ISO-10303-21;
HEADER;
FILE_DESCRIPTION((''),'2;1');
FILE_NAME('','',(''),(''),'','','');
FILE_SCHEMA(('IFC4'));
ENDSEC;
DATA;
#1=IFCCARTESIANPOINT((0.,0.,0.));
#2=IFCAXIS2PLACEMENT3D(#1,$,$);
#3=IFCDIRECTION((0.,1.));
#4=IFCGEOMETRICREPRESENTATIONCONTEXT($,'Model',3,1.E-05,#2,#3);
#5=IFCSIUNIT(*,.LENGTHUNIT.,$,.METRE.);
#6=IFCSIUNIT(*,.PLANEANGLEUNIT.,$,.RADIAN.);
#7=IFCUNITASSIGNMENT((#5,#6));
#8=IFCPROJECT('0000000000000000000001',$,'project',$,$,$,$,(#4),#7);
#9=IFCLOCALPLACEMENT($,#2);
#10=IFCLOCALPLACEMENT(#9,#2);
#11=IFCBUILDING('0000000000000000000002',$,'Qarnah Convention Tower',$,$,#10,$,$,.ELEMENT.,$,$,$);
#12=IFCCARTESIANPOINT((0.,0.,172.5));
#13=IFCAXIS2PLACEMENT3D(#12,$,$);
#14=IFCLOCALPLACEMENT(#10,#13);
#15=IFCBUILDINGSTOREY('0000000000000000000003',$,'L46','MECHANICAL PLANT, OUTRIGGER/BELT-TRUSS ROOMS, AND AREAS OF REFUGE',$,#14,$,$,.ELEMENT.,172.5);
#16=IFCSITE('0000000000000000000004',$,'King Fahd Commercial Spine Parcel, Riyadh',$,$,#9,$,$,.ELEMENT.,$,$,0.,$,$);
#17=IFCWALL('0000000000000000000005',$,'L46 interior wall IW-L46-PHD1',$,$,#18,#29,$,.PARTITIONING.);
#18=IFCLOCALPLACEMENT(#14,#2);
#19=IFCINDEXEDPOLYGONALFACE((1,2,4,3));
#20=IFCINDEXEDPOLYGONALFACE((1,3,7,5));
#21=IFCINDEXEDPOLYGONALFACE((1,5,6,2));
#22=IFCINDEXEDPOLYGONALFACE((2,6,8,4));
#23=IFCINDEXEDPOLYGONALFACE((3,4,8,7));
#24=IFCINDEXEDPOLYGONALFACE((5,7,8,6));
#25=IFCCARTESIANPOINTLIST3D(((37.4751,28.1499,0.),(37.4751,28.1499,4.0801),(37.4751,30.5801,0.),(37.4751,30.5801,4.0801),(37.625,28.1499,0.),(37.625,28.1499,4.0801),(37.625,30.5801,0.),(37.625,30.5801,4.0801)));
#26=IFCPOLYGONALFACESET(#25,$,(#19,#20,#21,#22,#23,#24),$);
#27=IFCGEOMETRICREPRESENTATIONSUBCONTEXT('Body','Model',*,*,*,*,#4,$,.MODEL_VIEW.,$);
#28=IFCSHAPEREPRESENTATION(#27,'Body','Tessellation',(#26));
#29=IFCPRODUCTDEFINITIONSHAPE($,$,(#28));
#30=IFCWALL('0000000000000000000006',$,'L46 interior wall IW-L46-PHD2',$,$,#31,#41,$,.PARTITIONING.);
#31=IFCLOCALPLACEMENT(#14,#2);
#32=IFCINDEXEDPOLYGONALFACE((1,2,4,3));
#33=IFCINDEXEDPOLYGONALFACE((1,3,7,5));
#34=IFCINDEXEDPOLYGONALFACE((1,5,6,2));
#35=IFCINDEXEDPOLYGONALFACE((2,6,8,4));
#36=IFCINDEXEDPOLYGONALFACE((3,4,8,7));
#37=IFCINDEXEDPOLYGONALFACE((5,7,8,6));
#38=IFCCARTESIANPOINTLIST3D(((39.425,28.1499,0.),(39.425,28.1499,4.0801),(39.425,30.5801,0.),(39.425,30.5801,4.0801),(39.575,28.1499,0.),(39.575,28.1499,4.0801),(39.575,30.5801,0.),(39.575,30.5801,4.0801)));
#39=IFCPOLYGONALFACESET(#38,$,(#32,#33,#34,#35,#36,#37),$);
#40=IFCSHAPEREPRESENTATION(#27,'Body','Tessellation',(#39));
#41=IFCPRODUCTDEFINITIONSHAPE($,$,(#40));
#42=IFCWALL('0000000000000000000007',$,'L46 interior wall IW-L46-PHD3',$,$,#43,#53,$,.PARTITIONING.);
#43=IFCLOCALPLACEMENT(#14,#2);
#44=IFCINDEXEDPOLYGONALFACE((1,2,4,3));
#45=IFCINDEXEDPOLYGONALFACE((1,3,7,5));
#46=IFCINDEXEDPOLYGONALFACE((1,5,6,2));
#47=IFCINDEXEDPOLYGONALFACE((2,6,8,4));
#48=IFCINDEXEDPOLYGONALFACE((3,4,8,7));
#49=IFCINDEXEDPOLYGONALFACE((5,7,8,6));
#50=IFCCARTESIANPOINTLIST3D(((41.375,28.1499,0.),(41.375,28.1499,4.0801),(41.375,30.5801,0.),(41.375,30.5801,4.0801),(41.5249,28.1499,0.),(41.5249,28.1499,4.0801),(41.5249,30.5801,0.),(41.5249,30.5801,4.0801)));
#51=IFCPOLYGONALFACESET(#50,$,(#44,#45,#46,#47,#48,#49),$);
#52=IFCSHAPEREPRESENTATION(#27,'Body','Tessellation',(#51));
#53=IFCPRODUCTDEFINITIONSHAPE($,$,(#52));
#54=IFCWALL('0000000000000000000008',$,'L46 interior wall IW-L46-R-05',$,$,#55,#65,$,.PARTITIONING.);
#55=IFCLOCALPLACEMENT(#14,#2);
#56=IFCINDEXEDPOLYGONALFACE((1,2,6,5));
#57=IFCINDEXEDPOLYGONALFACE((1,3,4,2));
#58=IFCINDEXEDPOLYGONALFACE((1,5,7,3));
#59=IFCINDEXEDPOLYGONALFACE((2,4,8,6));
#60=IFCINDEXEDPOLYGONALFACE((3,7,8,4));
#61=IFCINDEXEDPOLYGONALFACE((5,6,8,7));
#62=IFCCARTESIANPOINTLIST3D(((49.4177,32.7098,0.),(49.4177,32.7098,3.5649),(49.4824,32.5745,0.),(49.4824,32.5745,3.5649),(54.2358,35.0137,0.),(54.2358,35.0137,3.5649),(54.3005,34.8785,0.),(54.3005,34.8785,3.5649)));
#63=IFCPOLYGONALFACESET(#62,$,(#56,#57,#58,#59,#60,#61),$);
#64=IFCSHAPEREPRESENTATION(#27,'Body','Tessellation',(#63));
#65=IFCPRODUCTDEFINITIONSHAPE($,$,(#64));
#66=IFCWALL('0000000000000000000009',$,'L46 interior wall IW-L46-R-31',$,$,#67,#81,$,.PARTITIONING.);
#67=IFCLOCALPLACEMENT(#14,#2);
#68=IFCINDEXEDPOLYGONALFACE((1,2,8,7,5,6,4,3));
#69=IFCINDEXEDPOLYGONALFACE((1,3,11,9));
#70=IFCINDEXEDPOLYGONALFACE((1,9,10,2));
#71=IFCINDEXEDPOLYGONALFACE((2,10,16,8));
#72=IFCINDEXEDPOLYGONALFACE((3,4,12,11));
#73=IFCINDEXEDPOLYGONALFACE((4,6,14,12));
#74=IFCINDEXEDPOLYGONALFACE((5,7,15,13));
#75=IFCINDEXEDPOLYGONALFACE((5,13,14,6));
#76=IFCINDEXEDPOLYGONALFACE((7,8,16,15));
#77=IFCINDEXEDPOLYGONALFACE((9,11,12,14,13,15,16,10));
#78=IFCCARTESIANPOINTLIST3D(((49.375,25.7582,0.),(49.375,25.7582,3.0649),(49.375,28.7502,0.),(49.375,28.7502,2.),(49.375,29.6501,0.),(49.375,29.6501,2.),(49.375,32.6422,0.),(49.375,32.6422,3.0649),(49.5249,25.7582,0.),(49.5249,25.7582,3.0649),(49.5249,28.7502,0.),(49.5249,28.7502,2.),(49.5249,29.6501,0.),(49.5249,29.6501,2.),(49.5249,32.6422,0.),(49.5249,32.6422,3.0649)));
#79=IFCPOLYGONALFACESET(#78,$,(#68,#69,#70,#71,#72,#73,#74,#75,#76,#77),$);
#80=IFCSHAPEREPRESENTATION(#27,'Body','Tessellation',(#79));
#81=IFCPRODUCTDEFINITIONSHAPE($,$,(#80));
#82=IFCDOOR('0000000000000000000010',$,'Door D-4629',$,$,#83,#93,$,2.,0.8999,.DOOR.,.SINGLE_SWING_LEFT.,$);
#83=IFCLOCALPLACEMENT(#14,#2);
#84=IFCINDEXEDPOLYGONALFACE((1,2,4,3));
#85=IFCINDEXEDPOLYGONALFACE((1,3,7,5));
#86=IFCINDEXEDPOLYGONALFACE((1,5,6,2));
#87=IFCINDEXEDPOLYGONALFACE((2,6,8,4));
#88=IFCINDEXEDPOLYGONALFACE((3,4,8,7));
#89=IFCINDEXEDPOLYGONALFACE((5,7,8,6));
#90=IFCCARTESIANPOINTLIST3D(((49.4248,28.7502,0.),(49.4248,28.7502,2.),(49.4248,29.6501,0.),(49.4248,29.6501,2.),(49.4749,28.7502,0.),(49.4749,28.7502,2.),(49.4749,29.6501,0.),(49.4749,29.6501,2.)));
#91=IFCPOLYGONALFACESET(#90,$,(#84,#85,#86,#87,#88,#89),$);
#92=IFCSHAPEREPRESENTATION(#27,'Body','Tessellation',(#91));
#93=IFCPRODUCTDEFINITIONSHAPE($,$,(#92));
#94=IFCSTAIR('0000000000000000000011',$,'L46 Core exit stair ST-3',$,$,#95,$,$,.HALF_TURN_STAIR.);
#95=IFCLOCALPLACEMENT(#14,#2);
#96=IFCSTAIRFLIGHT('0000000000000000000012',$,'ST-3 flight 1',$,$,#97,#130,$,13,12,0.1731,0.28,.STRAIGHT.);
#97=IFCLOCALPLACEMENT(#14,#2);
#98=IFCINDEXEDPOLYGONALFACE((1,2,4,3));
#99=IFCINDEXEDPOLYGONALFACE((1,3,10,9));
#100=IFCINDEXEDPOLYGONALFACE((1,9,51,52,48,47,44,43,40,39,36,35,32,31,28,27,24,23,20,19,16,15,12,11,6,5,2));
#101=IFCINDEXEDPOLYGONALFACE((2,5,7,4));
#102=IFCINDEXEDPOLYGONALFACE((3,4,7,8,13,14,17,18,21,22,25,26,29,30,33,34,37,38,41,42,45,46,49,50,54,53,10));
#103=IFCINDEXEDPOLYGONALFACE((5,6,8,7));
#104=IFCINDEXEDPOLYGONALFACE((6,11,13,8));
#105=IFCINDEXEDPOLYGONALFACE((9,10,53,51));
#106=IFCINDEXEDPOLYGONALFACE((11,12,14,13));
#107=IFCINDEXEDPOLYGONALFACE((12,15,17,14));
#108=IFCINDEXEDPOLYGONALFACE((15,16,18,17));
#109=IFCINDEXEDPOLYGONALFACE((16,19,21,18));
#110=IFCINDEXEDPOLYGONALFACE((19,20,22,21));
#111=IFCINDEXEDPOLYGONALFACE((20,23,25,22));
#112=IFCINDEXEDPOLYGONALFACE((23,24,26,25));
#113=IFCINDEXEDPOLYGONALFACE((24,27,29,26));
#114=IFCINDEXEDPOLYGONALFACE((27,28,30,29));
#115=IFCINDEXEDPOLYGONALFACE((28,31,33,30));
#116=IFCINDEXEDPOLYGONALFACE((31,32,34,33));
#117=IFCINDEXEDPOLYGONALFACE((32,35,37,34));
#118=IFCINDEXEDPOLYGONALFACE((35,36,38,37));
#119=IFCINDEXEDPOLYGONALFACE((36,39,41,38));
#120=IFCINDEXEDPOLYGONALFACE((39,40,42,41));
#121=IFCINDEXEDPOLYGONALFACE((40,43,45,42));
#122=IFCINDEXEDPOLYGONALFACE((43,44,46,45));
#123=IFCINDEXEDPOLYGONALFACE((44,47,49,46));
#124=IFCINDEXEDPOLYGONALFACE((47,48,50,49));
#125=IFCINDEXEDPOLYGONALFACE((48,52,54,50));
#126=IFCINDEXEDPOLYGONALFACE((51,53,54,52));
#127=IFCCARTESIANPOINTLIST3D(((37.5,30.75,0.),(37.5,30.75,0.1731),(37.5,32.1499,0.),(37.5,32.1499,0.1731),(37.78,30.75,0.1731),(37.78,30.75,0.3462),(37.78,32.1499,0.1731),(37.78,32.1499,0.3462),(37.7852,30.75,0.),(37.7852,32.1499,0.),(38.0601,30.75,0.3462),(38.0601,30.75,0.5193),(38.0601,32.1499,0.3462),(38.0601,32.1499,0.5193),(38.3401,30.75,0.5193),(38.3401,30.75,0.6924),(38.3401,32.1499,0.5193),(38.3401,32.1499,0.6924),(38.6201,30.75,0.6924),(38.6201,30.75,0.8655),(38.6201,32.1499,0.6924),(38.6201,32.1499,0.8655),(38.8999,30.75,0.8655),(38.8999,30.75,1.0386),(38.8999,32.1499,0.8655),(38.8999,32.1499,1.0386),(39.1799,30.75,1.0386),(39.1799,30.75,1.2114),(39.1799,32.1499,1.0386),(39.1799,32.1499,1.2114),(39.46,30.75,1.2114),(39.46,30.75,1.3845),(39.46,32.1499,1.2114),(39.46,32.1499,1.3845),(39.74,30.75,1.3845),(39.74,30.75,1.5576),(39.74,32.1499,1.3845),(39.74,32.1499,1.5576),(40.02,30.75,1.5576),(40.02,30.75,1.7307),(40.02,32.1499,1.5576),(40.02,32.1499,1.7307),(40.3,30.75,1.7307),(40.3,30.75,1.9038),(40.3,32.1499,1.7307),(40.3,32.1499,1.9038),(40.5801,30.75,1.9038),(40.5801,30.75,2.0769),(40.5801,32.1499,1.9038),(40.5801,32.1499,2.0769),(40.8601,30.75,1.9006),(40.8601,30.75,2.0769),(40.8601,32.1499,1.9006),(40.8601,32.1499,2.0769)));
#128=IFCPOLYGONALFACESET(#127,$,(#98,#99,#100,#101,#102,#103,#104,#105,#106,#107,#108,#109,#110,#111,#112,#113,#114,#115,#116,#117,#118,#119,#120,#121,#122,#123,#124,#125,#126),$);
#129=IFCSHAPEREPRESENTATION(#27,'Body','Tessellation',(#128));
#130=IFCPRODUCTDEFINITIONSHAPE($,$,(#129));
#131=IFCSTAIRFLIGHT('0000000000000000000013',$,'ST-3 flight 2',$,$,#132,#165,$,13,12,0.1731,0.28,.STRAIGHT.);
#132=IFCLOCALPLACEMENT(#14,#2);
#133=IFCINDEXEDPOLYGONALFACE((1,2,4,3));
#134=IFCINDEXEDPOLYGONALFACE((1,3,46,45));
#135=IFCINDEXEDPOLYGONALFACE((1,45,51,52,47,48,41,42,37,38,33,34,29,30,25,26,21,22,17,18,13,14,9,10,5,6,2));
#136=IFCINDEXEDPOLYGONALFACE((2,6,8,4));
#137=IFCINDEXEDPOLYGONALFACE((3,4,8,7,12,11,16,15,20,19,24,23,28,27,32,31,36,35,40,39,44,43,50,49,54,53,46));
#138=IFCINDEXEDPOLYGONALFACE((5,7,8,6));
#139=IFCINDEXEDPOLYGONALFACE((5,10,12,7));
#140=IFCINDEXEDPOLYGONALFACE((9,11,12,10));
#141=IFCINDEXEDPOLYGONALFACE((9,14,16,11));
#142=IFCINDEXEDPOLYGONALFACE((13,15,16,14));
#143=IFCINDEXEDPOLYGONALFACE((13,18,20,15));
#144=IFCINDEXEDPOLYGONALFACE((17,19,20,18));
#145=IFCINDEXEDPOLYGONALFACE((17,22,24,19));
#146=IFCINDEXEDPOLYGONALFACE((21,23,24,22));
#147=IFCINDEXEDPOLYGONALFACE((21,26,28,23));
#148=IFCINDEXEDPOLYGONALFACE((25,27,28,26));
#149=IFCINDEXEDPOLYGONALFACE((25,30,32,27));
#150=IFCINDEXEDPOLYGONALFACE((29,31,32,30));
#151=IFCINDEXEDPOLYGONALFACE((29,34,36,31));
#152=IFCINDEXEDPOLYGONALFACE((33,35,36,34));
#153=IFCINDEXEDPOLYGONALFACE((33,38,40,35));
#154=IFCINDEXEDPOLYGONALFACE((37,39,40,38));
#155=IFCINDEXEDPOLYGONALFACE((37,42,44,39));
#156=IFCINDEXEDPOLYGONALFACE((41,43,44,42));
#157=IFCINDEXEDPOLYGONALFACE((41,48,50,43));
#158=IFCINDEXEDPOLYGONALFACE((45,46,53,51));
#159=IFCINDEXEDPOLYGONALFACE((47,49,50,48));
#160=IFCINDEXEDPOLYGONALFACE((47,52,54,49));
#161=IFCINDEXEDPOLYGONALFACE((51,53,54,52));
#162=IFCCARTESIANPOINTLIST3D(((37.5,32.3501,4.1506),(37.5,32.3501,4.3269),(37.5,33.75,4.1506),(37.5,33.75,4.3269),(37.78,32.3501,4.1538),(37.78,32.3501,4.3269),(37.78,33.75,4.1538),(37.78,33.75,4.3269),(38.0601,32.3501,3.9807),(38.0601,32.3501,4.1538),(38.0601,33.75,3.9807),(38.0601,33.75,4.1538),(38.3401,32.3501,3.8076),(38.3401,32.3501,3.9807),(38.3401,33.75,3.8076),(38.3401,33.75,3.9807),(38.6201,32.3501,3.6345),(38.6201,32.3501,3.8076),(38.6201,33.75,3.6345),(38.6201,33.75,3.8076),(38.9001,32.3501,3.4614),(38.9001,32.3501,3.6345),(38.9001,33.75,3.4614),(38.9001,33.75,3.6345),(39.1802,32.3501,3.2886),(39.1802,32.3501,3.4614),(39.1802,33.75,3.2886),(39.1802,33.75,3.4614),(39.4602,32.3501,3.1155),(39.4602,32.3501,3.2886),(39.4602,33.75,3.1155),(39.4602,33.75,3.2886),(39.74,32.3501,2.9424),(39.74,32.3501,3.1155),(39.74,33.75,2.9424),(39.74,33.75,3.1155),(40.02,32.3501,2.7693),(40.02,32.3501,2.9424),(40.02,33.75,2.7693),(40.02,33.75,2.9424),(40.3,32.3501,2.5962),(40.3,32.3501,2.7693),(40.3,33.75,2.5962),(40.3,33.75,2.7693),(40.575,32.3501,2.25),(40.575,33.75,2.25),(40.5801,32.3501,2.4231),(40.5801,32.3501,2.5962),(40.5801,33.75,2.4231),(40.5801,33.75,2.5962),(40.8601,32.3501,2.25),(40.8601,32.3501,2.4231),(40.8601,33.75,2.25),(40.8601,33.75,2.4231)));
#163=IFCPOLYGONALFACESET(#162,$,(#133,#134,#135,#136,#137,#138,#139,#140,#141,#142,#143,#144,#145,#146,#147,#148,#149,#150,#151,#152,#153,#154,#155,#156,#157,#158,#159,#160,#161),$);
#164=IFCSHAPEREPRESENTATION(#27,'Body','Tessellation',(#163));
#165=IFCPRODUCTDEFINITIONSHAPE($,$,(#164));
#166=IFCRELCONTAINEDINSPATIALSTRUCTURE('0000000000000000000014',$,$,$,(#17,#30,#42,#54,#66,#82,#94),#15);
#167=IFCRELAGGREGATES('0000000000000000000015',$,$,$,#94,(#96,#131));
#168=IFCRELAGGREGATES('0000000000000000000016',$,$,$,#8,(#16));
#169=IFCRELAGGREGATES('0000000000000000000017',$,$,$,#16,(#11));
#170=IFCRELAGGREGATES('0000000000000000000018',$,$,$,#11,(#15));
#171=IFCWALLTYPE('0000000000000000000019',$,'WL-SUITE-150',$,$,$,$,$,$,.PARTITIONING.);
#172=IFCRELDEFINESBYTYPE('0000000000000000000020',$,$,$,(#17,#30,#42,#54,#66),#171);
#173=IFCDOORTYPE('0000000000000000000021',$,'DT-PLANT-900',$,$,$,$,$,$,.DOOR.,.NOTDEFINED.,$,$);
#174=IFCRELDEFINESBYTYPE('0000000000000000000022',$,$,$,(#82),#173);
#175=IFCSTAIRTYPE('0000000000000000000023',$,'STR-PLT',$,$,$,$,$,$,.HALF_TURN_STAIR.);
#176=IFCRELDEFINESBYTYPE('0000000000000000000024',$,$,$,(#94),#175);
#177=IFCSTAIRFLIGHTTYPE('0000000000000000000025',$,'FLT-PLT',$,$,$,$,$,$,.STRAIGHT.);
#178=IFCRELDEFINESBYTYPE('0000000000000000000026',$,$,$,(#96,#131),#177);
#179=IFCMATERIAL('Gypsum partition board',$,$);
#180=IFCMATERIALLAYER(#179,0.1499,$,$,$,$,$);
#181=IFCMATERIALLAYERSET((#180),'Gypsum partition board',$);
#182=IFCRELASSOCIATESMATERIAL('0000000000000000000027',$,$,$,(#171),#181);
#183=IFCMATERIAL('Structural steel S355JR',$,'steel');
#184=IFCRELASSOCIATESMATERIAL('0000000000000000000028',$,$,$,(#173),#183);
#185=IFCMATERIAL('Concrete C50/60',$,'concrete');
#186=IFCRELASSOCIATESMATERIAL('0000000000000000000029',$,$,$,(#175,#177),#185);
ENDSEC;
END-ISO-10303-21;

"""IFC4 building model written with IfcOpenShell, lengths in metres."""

from ifc_helpers import new_model, si_unit, direction, frame, frame_2d, origin, place, context, subcontext, project, spatial, polyline, rectangle, outline, extrude, material, layer, layer_set, type_object, element, fill, aggregate, save


model = new_model("IFC4")

# Units and contexts
model_context = context("Model", 3, precision=1e-05, world=origin(), true_north=direction((0.0, 1.0)))
body_context = subcontext(model_context, "Body", "Model", "MODEL_VIEW")
ifc_project = project(units=[si_unit("LENGTHUNIT", "METRE"), si_unit("PLANEANGLEUNIT", "RADIAN")], contexts=[model_context])

# Site, building, storey
site_placement = place(None, origin())
site = spatial("IfcSite", under=ifc_project, at=site_placement, Name="King Fahd Commercial Spine Parcel, Riyadh", CompositionType="ELEMENT", RefElevation=0.0)
building_placement = place(site_placement, origin())
building = spatial("IfcBuilding", under=site, at=building_placement, Name="Qarnah Convention Tower", CompositionType="ELEMENT")
storey_placement = place(building_placement, frame((0.0, 0.0, 172.5)))
storey = spatial("IfcBuildingStorey", under=building, at=storey_placement, Name="L46", Description="MECHANICAL PLANT, OUTRIGGER/BELT-TRUSS ROOMS, AND AREAS OF REFUGE", CompositionType="ELEMENT", Elevation=172.5)

# Shared definitions
ifc_material_1 = material(Name="Structural steel S355JR", Category="steel")

# Walls
ifc_material_2 = material(Name="Gypsum partition board")
ifc_layer_1 = layer(ifc_material_2, 0.1499)
ifc_layer_set_1 = layer_set([ifc_layer_1], Name="Gypsum partition board")
wall_type_1 = type_object("IfcWallType", Name="WL-SUITE-150", PredefinedType="PARTITIONING", material=ifc_layer_set_1)
for number, where, z_axis, x_axis, name in (
    (1, (37.55, 28.1499, 0.0), (0.0, 0.0, 1.0), (0.0, 1.0, 0.0), "L46 interior wall IW-L46-PHD1"),
    (2, (39.5, 28.1499, 0.0), (0.0, 0.0, 1.0), (0.0, 1.0, 0.0), "L46 interior wall IW-L46-PHD2"),
    (3, (41.45, 28.1499, 0.0), (0.0, 0.0, 1.0), (0.0, 1.0, 0.0), "L46 interior wall IW-L46-PHD3"),
):
    element("IfcWall", number, at=place(storey_placement, frame(where, z_axis=z_axis, x_axis=x_axis)), inside=storey, type_object=wall_type_1, Name=name, PredefinedType="PARTITIONING", context=body_context, shape_type="SweptSolid", body=[
        extrude(rectangle(XDim=2.4302, YDim=0.1499, at=frame_2d((1.2151, 0.0))), origin(), (0.0, 0.0, 1.0), 4.0801),
    ])
wall_1_placement = place(storey_placement, frame((49.45, 32.6421, 0.0), z_axis=(0.0, 0.0, 1.0), x_axis=(0.902161, 0.4314, 0.0)))
element("IfcWall", 4, at=wall_1_placement, inside=storey, type_object=wall_type_1, Name="L46 interior wall IW-L46-R-05", PredefinedType="PARTITIONING", context=body_context, shape_type="SweptSolid", body=[
    extrude(rectangle(XDim=5.3406, YDim=0.1499, at=frame_2d((2.6704, 0.0))), origin(), (0.0, 0.0, 1.0), 3.5649),
])

# Wall, opening, door
wall_2_placement = place(storey_placement, frame((49.45, 32.6421, 0.0), z_axis=(0.0, 0.0, 1.0), x_axis=(0.0, -1.0, 0.0)))
wall_2 = element("IfcWall", 5, at=wall_2_placement, inside=storey, type_object=wall_type_1, Name="L46 interior wall IW-L46-R-31", PredefinedType="PARTITIONING", context=body_context, shape_type="SweptSolid", body=[
    extrude(rectangle(XDim=6.884, YDim=0.1499, at=frame_2d((3.4419, 0.0))), origin(), (0.0, 0.0, 1.0), 3.0649),
])
opening_1_placement = place(wall_2_placement, frame((2.9919, 0.0, 0.0)))
opening_1 = element("IfcOpeningElement", 6, at=opening_1_placement, cuts=wall_2, PredefinedType="OPENING", context=body_context, shape_type="SweptSolid", body=[
    extrude(rectangle(XDim=0.8999, YDim=2.0, at=frame_2d((0.45, 1.0))), frame((0.0, 0.085, 0.0), z_axis=(0.0, -1.0, 0.0), x_axis=(1.0, 0.0, 0.0)), (0.0, 0.0, 1.0), 0.1699),
])
door_type_1 = type_object("IfcDoorType", Name="DT-PLANT-900", OperationType="NOTDEFINED", PredefinedType="DOOR", material=ifc_material_1)
door_1_placement = place(opening_1_placement, origin())
door_1 = element("IfcDoor", 7, at=door_1_placement, inside=storey, type_object=door_type_1, Name="Door D-4629", OperationType="SINGLE_SWING_LEFT", OverallHeight=2.0, OverallWidth=0.8999, PredefinedType="DOOR", context=body_context, shape_type="SweptSolid", body=[
    extrude(rectangle(XDim=0.8999, YDim=2.0, at=frame_2d((0.45, 1.0))), frame((0.0, 0.0249, 0.0), z_axis=(0.0, -1.0, 0.0), x_axis=(1.0, 0.0, 0.0)), (0.0, 0.0, 1.0), 0.05),
])
fill(opening_1, door_1)

# Stair, stair flights
ifc_material_3 = material(Name="Concrete C50/60", Category="concrete")
stair_type = type_object("IfcStairType", Name="STR-PLT", PredefinedType="HALF_TURN_STAIR", material=ifc_material_3)
stair_placement = place(storey_placement, origin())
stair = element("IfcStair", 8, at=stair_placement, inside=storey, type_object=stair_type, Name="L46 Core exit stair ST-3", PredefinedType="HALF_TURN_STAIR")
stair_flight_type = type_object("IfcStairFlightType", Name="FLT-PLT", PredefinedType="STRAIGHT", material=ifc_material_3)
stair_flight_1_placement = place(storey_placement, frame((37.5, 31.45, 0.0), z_axis=(0.0, 0.0, 1.0), x_axis=(1.0, 0.0, 0.0)))
stair_flight_1 = element("IfcStairFlight", 9, at=stair_flight_1_placement, type_object=stair_flight_type, Name="ST-3 flight 1", NumberOfRisers=13, NumberOfTreads=12, PredefinedType="STRAIGHT", RiserHeight=0.1731, TreadLength=0.28, context=body_context, shape_type="SweptSolid", body=[
    extrude(outline(polyline([(0.0, 0.0), (0.0, 0.1731), (0.28, 0.1731), (0.28, 0.3462), (0.5601, 0.3462), (0.5601, 0.5193), (0.8401, 0.5193), (0.8401, 0.6924), (1.1201, 0.6924), (1.1201, 0.8655), (1.3999, 0.8655), (1.3999, 1.0386), (1.6799, 1.0386), (1.6799, 1.2114), (1.96, 1.2114), (1.96, 1.3845), (2.24, 1.3845), (2.24, 1.5576), (2.52, 1.5576), (2.52, 1.7307), (2.8, 1.7307), (2.8, 1.9038), (3.0801, 1.9038), (3.0801, 2.0769), (3.3601, 2.0769), (3.3601, 2.25), (3.3601, 1.9006), (0.2852, 0.0), (0.0, 0.0)])), frame((0.0, 0.7, 0.0), z_axis=(0.0, -1.0, 0.0), x_axis=(1.0, 0.0, 0.0)), (0.0, 0.0, 1.0), 1.3999),
])
stair_flight_2_placement = place(storey_placement, frame((40.8601, 33.05, 2.25), z_axis=(0.0, 0.0, 1.0), x_axis=(-1.0, 0.0, 0.0)))
stair_flight_2 = element("IfcStairFlight", 10, at=stair_flight_2_placement, type_object=stair_flight_type, Name="ST-3 flight 2", NumberOfRisers=13, NumberOfTreads=12, PredefinedType="STRAIGHT", RiserHeight=0.1731, TreadLength=0.28, context=body_context, shape_type="SweptSolid", body=[
    extrude(outline(polyline([(0.0, 0.0), (0.0, 0.1731), (0.28, 0.1731), (0.28, 0.3462), (0.5601, 0.3462), (0.5601, 0.5193), (0.8401, 0.5193), (0.8401, 0.6924), (1.1201, 0.6924), (1.1201, 0.8655), (1.3999, 0.8655), (1.3999, 1.0386), (1.6799, 1.0386), (1.6799, 1.2114), (1.96, 1.2114), (1.96, 1.3845), (2.24, 1.3845), (2.24, 1.5576), (2.52, 1.5576), (2.52, 1.7307), (2.8, 1.7307), (2.8, 1.9038), (3.0801, 1.9038), (3.0801, 2.0769), (3.3601, 2.0769), (3.3601, 2.25), (3.3601, 1.9006), (0.2852, 0.0), (0.0, 0.0)])), frame((0.0, 0.7, 0.0), z_axis=(0.0, -1.0, 0.0), x_axis=(1.0, 0.0, 0.0)), (0.0, 0.0, 1.0), 1.3999),
])
aggregate(stair, [stair_flight_1, stair_flight_2])

save(model, "model.ifc")
